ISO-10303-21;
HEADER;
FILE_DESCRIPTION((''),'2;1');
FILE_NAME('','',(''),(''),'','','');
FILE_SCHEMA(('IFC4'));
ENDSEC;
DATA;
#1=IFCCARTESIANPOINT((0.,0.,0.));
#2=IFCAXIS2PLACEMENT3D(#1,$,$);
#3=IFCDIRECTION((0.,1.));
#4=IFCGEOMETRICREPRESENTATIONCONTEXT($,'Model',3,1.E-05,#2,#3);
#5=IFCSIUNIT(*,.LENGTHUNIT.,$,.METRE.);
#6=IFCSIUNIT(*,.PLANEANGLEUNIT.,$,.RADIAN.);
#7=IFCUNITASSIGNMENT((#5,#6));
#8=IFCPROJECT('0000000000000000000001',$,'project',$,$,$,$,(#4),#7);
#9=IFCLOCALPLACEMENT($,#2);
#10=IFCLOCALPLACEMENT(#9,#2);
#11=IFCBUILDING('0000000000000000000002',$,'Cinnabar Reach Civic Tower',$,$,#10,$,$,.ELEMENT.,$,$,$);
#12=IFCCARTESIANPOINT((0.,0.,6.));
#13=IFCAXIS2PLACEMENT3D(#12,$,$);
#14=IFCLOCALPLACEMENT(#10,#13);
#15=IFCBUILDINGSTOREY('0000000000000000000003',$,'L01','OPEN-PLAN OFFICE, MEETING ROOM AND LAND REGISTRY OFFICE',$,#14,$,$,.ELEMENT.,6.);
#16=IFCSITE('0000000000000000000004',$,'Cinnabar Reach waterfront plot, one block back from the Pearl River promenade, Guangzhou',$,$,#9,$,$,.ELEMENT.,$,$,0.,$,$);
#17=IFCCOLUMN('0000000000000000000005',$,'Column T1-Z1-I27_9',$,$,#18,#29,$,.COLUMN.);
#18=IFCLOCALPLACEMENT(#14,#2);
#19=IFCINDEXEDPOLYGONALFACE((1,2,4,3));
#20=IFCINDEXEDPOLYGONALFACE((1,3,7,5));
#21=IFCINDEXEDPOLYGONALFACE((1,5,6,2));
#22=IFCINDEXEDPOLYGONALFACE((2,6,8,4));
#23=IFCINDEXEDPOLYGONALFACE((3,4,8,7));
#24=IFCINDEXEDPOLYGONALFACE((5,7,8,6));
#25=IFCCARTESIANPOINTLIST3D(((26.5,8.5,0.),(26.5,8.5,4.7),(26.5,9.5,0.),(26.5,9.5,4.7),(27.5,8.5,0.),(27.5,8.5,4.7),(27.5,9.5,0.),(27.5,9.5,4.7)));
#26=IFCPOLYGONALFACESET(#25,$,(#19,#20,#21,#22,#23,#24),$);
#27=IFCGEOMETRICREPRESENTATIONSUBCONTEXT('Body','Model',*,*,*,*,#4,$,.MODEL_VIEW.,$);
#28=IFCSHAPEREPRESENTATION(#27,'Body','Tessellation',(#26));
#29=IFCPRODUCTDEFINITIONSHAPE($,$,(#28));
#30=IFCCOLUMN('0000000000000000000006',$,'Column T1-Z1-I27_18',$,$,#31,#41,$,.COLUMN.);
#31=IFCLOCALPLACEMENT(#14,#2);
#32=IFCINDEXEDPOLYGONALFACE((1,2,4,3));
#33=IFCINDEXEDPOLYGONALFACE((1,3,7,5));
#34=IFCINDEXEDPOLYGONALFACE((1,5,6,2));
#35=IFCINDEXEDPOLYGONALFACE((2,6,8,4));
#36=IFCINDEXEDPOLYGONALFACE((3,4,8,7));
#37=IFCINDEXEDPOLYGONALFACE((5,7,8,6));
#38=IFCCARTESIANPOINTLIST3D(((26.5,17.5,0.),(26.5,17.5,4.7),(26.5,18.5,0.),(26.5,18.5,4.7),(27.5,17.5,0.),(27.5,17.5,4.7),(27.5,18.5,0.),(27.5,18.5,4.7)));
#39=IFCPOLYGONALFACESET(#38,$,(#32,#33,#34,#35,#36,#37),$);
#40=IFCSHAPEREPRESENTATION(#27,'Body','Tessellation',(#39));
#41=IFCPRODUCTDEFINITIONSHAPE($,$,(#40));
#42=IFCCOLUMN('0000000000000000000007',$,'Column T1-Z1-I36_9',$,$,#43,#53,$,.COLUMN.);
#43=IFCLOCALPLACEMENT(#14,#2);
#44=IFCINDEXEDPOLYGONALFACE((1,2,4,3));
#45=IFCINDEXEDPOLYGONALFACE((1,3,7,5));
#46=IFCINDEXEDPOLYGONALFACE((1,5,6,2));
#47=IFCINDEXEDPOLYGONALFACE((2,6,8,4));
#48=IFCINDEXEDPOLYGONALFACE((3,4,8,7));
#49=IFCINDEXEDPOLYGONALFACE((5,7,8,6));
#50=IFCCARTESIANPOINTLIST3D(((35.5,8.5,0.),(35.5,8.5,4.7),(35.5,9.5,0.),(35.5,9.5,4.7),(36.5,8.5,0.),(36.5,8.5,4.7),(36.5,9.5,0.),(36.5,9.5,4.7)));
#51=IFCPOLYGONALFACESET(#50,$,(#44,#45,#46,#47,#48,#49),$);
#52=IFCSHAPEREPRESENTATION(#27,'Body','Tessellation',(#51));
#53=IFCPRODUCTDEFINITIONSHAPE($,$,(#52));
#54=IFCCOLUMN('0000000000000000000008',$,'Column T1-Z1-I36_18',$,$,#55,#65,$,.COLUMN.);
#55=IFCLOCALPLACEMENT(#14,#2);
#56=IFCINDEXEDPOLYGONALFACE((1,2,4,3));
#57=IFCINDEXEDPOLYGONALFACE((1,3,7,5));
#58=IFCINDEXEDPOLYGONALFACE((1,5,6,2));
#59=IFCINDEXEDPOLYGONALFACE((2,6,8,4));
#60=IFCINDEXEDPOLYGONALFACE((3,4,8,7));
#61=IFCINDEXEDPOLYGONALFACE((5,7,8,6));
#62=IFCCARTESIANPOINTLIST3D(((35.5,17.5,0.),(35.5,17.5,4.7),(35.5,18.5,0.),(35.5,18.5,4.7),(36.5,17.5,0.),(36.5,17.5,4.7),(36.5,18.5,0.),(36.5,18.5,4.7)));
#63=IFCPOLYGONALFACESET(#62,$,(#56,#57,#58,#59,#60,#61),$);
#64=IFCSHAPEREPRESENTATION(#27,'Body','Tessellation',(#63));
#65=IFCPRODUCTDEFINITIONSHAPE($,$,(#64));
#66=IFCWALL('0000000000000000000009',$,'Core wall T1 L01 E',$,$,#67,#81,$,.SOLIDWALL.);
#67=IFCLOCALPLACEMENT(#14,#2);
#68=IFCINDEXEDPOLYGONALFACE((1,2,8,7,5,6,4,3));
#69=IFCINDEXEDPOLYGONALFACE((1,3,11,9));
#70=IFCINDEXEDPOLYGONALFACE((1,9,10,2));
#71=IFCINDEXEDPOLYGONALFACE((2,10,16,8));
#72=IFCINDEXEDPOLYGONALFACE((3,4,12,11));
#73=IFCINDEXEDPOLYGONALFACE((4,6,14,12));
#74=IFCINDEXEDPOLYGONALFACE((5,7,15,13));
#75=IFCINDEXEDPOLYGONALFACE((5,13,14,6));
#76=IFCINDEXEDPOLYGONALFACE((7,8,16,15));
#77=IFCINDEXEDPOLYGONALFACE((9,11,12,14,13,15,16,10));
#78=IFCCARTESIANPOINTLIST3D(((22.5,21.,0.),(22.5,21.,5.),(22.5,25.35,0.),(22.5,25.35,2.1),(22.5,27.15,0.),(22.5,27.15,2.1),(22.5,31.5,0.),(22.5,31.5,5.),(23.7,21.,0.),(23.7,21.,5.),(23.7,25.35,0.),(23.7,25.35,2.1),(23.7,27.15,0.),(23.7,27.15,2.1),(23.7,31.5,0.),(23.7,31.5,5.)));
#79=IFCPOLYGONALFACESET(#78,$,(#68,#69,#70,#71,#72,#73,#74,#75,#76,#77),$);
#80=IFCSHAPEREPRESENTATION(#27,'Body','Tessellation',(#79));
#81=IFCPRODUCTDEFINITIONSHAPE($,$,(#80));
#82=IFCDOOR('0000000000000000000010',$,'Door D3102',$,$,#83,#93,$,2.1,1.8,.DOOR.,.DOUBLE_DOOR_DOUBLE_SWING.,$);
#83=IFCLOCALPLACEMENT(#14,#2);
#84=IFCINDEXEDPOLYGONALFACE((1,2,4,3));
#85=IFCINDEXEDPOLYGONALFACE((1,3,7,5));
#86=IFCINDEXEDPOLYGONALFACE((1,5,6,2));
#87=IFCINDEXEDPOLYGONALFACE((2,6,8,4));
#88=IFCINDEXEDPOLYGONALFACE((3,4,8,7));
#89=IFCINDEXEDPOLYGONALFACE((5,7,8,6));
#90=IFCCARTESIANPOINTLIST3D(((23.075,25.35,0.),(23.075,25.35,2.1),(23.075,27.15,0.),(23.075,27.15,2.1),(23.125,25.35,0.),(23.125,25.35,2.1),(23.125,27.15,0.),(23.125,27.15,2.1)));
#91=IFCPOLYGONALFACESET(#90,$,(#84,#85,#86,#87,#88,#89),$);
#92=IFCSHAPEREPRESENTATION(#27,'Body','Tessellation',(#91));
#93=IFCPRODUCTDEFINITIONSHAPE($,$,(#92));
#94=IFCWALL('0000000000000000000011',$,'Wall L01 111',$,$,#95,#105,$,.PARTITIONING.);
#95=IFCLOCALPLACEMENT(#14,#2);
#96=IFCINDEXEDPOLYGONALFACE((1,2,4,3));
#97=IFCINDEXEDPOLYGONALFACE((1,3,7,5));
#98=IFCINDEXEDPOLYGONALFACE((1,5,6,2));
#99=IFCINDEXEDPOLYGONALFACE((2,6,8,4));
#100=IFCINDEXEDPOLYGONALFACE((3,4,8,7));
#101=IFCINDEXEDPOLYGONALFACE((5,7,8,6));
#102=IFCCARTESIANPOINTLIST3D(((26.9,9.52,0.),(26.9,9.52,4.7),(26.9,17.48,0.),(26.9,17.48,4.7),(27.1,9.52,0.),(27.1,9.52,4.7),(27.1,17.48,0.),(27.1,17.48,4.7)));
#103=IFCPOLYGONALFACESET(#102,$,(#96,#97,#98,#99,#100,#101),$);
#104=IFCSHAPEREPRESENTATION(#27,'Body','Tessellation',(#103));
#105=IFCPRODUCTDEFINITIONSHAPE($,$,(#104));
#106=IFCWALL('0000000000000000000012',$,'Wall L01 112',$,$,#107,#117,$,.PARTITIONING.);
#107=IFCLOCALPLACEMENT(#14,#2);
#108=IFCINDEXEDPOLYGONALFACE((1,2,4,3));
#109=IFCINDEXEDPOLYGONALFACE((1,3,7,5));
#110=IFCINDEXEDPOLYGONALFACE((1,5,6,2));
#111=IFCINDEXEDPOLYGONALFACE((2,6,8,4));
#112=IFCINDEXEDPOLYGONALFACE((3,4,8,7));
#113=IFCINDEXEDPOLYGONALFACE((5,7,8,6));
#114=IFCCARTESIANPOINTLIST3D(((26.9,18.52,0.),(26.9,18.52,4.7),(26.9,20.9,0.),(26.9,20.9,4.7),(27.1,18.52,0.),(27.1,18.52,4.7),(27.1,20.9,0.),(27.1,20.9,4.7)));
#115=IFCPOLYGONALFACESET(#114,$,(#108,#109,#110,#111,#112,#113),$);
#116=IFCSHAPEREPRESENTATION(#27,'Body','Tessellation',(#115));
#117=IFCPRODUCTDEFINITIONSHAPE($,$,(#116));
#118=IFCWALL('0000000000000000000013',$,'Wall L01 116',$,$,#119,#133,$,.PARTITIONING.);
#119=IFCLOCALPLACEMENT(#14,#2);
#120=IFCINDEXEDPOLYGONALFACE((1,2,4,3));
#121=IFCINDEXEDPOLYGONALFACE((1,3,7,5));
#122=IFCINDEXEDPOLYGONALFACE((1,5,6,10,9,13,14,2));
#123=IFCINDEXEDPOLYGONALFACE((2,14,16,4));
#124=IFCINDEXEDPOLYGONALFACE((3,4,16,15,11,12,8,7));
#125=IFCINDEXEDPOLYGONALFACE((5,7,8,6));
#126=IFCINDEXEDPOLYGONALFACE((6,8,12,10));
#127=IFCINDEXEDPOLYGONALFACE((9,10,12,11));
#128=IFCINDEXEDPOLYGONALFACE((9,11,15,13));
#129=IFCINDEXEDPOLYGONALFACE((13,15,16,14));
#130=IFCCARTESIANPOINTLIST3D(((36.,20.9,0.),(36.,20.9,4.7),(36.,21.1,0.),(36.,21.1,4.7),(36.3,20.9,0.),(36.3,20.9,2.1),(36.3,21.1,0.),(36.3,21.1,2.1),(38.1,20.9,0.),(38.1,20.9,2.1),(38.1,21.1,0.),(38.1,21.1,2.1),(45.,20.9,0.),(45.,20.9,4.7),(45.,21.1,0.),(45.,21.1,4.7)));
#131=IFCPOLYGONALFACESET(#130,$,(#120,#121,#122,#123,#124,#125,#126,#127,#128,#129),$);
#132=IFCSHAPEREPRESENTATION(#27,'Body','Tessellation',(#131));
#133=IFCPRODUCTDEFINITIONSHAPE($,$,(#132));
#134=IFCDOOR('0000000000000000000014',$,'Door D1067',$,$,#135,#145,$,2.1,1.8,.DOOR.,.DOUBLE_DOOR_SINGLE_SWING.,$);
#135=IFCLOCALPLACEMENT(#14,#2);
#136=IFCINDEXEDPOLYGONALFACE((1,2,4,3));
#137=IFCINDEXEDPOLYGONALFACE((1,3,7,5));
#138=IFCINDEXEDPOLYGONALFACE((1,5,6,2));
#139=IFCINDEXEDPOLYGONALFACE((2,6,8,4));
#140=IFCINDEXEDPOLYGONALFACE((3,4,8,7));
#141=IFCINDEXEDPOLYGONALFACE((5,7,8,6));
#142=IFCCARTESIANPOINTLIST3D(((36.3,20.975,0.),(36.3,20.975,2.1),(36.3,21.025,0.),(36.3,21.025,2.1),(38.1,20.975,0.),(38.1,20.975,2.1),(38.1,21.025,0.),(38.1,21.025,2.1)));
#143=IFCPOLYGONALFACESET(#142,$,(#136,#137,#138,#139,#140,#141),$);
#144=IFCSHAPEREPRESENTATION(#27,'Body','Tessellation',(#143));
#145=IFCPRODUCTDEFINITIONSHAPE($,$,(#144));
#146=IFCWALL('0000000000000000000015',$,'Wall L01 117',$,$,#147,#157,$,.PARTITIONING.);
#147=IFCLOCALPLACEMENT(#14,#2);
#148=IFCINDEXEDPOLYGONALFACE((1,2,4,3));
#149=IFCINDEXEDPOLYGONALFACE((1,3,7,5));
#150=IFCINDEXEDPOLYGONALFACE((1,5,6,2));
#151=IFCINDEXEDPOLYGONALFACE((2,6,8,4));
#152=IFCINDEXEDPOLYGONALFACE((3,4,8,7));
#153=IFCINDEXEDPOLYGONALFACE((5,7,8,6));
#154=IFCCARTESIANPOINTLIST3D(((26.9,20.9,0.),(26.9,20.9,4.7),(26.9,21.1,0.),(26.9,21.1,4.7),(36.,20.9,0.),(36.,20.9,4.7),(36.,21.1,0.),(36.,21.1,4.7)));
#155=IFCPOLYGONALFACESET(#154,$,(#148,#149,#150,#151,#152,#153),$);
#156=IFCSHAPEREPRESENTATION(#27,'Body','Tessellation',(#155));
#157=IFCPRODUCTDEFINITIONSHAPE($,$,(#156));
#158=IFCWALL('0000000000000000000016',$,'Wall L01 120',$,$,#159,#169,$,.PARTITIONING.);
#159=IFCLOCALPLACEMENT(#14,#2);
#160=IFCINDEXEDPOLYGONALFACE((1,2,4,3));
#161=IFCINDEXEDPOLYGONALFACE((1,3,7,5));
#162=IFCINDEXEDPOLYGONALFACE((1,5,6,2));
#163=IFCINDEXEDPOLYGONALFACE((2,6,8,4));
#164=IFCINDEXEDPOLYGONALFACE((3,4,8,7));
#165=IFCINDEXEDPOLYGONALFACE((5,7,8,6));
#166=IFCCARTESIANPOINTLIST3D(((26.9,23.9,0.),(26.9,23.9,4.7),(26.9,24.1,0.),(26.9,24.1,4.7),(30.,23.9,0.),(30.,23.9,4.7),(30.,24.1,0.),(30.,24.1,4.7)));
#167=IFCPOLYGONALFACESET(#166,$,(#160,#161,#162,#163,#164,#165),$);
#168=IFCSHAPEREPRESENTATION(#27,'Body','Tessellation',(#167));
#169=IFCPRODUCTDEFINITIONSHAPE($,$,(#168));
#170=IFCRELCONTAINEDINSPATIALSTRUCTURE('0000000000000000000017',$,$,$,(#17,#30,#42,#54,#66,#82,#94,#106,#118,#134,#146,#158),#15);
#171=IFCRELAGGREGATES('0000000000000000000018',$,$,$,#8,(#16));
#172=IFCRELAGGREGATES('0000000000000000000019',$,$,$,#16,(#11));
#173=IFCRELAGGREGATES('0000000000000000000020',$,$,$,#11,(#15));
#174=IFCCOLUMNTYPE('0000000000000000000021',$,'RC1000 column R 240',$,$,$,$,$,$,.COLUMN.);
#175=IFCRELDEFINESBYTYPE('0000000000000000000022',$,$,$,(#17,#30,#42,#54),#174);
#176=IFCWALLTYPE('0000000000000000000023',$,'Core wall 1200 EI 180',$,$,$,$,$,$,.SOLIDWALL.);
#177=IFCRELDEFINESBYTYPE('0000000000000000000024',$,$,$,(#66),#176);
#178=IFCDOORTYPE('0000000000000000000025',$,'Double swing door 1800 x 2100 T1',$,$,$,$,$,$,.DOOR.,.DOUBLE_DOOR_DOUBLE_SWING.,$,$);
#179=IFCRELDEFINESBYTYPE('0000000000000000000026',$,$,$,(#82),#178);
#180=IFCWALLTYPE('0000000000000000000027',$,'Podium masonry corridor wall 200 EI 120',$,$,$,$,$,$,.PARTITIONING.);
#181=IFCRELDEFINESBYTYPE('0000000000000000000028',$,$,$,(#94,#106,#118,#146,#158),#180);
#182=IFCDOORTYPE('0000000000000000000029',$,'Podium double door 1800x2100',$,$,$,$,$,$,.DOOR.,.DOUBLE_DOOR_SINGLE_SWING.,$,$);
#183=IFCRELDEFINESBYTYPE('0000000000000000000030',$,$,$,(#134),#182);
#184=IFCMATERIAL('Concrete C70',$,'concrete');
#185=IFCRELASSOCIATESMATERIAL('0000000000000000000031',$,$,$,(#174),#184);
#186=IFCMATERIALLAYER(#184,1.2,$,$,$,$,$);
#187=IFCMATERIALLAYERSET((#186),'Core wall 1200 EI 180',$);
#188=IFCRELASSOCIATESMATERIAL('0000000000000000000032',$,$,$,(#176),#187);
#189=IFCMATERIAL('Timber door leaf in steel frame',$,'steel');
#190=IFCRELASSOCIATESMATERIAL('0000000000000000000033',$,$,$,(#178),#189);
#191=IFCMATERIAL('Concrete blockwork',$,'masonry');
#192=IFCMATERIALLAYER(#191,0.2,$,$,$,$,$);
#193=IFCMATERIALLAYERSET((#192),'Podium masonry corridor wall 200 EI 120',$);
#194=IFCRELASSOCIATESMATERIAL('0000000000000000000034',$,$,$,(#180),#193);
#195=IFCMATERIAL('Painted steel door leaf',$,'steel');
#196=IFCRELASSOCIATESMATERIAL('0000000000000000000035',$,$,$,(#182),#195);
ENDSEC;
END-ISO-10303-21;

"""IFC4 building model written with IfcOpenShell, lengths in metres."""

from ifc_helpers import new_model, si_unit, direction, frame, frame_2d, origin, origin_2d, place, context, subcontext, project, spatial, rectangle, extrude, material, layer, layer_set, material_profile, profile_set, type_object, element, fill, save


model = new_model("IFC4")

# Units and contexts
model_context = context("Model", 3, precision=1e-05, world=origin(), true_north=direction((0.0, 1.0)))
body_context = subcontext(model_context, "Body", "Model", "MODEL_VIEW")
ifc_project = project(units=[si_unit("LENGTHUNIT", "METRE"), si_unit("PLANEANGLEUNIT", "RADIAN")], contexts=[model_context])

# Site, building, storey
site_placement = place(None, origin())
site = spatial("IfcSite", under=ifc_project, at=site_placement, Name="Cinnabar Reach waterfront plot, one block back from the Pearl River promenade, Guangzhou", CompositionType="ELEMENT", RefElevation=0.0)
building_placement = place(site_placement, origin())
building = spatial("IfcBuilding", under=site, at=building_placement, Name="Cinnabar Reach Civic Tower", CompositionType="ELEMENT")
storey_placement = place(building_placement, frame((0.0, 0.0, 6.0)))
storey = spatial("IfcBuildingStorey", under=building, at=storey_placement, Name="L01", Description="OPEN-PLAN OFFICE, MEETING ROOM AND LAND REGISTRY OFFICE", CompositionType="ELEMENT", Elevation=6.0)

# Columns
ifc_material_1 = material(Name="Concrete C70", Category="concrete")
ifc_material_profile = material_profile(ifc_material_1, rectangle(XDim=1.0, YDim=1.0, at=origin_2d()), Name="RC1000")
ifc_profile_set = profile_set([ifc_material_profile], Name="Concrete C70")
column_type = type_object("IfcColumnType", Name="RC1000 column R 240", PredefinedType="COLUMN", material=ifc_profile_set)
for number, where, z_axis, x_axis, name in (
    (1, (27.0, 9.0, 0.0), (0.0, 0.0, 1.0), (1.0, 0.0, 0.0), "Column T1-Z1-I27_9"),
    (2, (27.0, 18.0, 0.0), (0.0, 0.0, 1.0), (1.0, 0.0, 0.0), "Column T1-Z1-I27_18"),
    (3, (36.0, 9.0, 0.0), (0.0, 0.0, 1.0), (1.0, 0.0, 0.0), "Column T1-Z1-I36_9"),
    (4, (36.0, 18.0, 0.0), (0.0, 0.0, 1.0), (1.0, 0.0, 0.0), "Column T1-Z1-I36_18"),
):
    element("IfcColumn", number, at=place(storey_placement, frame(where, z_axis=z_axis, x_axis=x_axis)), inside=storey, type_object=column_type, Name=name, PredefinedType="COLUMN", context=body_context, shape_type="SweptSolid", body=[
        extrude(rectangle(XDim=1.0, YDim=1.0, at=origin_2d()), origin(), (0.0, 0.0, 1.0), 4.7),
    ])

# Wall, opening, door
ifc_layer_1 = layer(ifc_material_1, 1.2)
ifc_layer_set_1 = layer_set([ifc_layer_1], Name="Core wall 1200 EI 180")
wall_type_1 = type_object("IfcWallType", Name="Core wall 1200 EI 180", PredefinedType="SOLIDWALL", material=ifc_layer_set_1)
wall_1_placement = place(storey_placement, frame((23.1, 21.0, 0.0), z_axis=(0.0, 0.0, 1.0), x_axis=(0.0, 1.0, 0.0)))
wall_1 = element("IfcWall", 5, at=wall_1_placement, inside=storey, type_object=wall_type_1, Name="Core wall T1 L01 E", PredefinedType="SOLIDWALL", context=body_context, shape_type="SweptSolid", body=[
    extrude(rectangle(XDim=10.5, YDim=1.2, at=frame_2d((5.25, 0.0))), origin(), (0.0, 0.0, 1.0), 5.0),
])
opening_1_placement = place(wall_1_placement, frame((4.35, 0.0, 0.0)))
opening_1 = element("IfcOpeningElement", 6, at=opening_1_placement, cuts=wall_1, PredefinedType="OPENING", context=body_context, shape_type="SweptSolid", body=[
    extrude(rectangle(XDim=1.8, YDim=2.1, at=frame_2d((0.9, 1.05))), frame((0.0, 0.61, 0.0), z_axis=(0.0, -1.0, 0.0), x_axis=(1.0, 0.0, 0.0)), (0.0, 0.0, 1.0), 1.22),
])
ifc_material_2 = material(Name="Timber door leaf in steel frame", Category="steel")
door_type_1 = type_object("IfcDoorType", Name="Double swing door 1800 x 2100 T1", OperationType="DOUBLE_DOOR_DOUBLE_SWING", PredefinedType="DOOR", material=ifc_material_2)
door_1_placement = place(opening_1_placement, origin())
door_1 = element("IfcDoor", 7, at=door_1_placement, inside=storey, type_object=door_type_1, Name="Door D3102", OperationType="DOUBLE_DOOR_DOUBLE_SWING", OverallHeight=2.1, OverallWidth=1.8, PredefinedType="DOOR", context=body_context, shape_type="SweptSolid", body=[
    extrude(rectangle(XDim=1.8, YDim=2.1, at=frame_2d((0.9, 1.05))), frame((0.0, 0.025, 0.0), z_axis=(0.0, -1.0, 0.0), x_axis=(1.0, 0.0, 0.0)), (0.0, 0.0, 1.0), 0.05),
])
fill(opening_1, door_1)

# Walls
ifc_material_3 = material(Name="Concrete blockwork", Category="masonry")
ifc_layer_2 = layer(ifc_material_3, 0.2)
ifc_layer_set_2 = layer_set([ifc_layer_2], Name="Podium masonry corridor wall 200 EI 120")
wall_type_2 = type_object("IfcWallType", Name="Podium masonry corridor wall 200 EI 120", PredefinedType="PARTITIONING", material=ifc_layer_set_2)
wall_2_placement = place(storey_placement, frame((27.0, 9.52, 0.0), z_axis=(0.0, 0.0, 1.0), x_axis=(0.0, 1.0, 0.0)))
element("IfcWall", 8, at=wall_2_placement, inside=storey, type_object=wall_type_2, Name="Wall L01 111", PredefinedType="PARTITIONING", context=body_context, shape_type="SweptSolid", body=[
    extrude(rectangle(XDim=7.96, YDim=0.2, at=frame_2d((3.98, 0.0))), origin(), (0.0, 0.0, 1.0), 4.7),
])
wall_3_placement = place(storey_placement, frame((27.0, 18.52, 0.0), z_axis=(0.0, 0.0, 1.0), x_axis=(0.0, 1.0, 0.0)))
element("IfcWall", 9, at=wall_3_placement, inside=storey, type_object=wall_type_2, Name="Wall L01 112", PredefinedType="PARTITIONING", context=body_context, shape_type="SweptSolid", body=[
    extrude(rectangle(XDim=2.38, YDim=0.2, at=frame_2d((1.19, 0.0))), origin(), (0.0, 0.0, 1.0), 4.7),
])

# Wall, opening, door
wall_4_placement = place(storey_placement, frame((36.0, 21.0, 0.0), z_axis=(0.0, 0.0, 1.0), x_axis=(1.0, 0.0, 0.0)))
wall_4 = element("IfcWall", 10, at=wall_4_placement, inside=storey, type_object=wall_type_2, Name="Wall L01 116", PredefinedType="PARTITIONING", context=body_context, shape_type="SweptSolid", body=[
    extrude(rectangle(XDim=9.0, YDim=0.2, at=frame_2d((4.5, 0.0))), origin(), (0.0, 0.0, 1.0), 4.7),
])
opening_2_placement = place(wall_4_placement, frame((0.3, 0.0, 0.0)))
opening_2 = element("IfcOpeningElement", 11, at=opening_2_placement, cuts=wall_4, PredefinedType="OPENING", context=body_context, shape_type="SweptSolid", body=[
    extrude(rectangle(XDim=1.8, YDim=2.1, at=frame_2d((0.9, 1.05))), frame((0.0, 0.11, 0.0), z_axis=(0.0, -1.0, 0.0), x_axis=(1.0, 0.0, 0.0)), (0.0, 0.0, 1.0), 0.22),
])
ifc_material_4 = material(Name="Painted steel door leaf", Category="steel")
door_type_2 = type_object("IfcDoorType", Name="Podium double door 1800x2100", OperationType="DOUBLE_DOOR_SINGLE_SWING", PredefinedType="DOOR", material=ifc_material_4)
door_2_placement = place(opening_2_placement, frame((1.8, 0.0, 0.0), z_axis=(0.0, 0.0, 1.0), x_axis=(-1.0, 0.0, 0.0)))
door_2 = element("IfcDoor", 12, at=door_2_placement, inside=storey, type_object=door_type_2, Name="Door D1067", OperationType="DOUBLE_DOOR_SINGLE_SWING", OverallHeight=2.1, OverallWidth=1.8, PredefinedType="DOOR", context=body_context, shape_type="SweptSolid", body=[
    extrude(rectangle(XDim=1.8, YDim=2.1, at=frame_2d((0.9, 1.05))), frame((0.0, 0.025, 0.0), z_axis=(0.0, -1.0, 0.0), x_axis=(1.0, 0.0, 0.0)), (0.0, 0.0, 1.0), 0.05),
])
fill(opening_2, door_2)

# Walls
wall_5_placement = place(storey_placement, frame((26.9, 21.0, 0.0), z_axis=(0.0, 0.0, 1.0), x_axis=(1.0, 0.0, 0.0)))
element("IfcWall", 13, at=wall_5_placement, inside=storey, type_object=wall_type_2, Name="Wall L01 117", PredefinedType="PARTITIONING", context=body_context, shape_type="SweptSolid", body=[
    extrude(rectangle(XDim=9.1, YDim=0.2, at=frame_2d((4.55, 0.0))), origin(), (0.0, 0.0, 1.0), 4.7),
])
wall_6_placement = place(storey_placement, frame((26.9, 24.0, 0.0), z_axis=(0.0, 0.0, 1.0), x_axis=(1.0, 0.0, 0.0)))
element("IfcWall", 14, at=wall_6_placement, inside=storey, type_object=wall_type_2, Name="Wall L01 120", PredefinedType="PARTITIONING", context=body_context, shape_type="SweptSolid", body=[
    extrude(rectangle(XDim=3.1, YDim=0.2, at=frame_2d((1.55, 0.0))), origin(), (0.0, 0.0, 1.0), 4.7),
])

save(model, "model.ifc")
